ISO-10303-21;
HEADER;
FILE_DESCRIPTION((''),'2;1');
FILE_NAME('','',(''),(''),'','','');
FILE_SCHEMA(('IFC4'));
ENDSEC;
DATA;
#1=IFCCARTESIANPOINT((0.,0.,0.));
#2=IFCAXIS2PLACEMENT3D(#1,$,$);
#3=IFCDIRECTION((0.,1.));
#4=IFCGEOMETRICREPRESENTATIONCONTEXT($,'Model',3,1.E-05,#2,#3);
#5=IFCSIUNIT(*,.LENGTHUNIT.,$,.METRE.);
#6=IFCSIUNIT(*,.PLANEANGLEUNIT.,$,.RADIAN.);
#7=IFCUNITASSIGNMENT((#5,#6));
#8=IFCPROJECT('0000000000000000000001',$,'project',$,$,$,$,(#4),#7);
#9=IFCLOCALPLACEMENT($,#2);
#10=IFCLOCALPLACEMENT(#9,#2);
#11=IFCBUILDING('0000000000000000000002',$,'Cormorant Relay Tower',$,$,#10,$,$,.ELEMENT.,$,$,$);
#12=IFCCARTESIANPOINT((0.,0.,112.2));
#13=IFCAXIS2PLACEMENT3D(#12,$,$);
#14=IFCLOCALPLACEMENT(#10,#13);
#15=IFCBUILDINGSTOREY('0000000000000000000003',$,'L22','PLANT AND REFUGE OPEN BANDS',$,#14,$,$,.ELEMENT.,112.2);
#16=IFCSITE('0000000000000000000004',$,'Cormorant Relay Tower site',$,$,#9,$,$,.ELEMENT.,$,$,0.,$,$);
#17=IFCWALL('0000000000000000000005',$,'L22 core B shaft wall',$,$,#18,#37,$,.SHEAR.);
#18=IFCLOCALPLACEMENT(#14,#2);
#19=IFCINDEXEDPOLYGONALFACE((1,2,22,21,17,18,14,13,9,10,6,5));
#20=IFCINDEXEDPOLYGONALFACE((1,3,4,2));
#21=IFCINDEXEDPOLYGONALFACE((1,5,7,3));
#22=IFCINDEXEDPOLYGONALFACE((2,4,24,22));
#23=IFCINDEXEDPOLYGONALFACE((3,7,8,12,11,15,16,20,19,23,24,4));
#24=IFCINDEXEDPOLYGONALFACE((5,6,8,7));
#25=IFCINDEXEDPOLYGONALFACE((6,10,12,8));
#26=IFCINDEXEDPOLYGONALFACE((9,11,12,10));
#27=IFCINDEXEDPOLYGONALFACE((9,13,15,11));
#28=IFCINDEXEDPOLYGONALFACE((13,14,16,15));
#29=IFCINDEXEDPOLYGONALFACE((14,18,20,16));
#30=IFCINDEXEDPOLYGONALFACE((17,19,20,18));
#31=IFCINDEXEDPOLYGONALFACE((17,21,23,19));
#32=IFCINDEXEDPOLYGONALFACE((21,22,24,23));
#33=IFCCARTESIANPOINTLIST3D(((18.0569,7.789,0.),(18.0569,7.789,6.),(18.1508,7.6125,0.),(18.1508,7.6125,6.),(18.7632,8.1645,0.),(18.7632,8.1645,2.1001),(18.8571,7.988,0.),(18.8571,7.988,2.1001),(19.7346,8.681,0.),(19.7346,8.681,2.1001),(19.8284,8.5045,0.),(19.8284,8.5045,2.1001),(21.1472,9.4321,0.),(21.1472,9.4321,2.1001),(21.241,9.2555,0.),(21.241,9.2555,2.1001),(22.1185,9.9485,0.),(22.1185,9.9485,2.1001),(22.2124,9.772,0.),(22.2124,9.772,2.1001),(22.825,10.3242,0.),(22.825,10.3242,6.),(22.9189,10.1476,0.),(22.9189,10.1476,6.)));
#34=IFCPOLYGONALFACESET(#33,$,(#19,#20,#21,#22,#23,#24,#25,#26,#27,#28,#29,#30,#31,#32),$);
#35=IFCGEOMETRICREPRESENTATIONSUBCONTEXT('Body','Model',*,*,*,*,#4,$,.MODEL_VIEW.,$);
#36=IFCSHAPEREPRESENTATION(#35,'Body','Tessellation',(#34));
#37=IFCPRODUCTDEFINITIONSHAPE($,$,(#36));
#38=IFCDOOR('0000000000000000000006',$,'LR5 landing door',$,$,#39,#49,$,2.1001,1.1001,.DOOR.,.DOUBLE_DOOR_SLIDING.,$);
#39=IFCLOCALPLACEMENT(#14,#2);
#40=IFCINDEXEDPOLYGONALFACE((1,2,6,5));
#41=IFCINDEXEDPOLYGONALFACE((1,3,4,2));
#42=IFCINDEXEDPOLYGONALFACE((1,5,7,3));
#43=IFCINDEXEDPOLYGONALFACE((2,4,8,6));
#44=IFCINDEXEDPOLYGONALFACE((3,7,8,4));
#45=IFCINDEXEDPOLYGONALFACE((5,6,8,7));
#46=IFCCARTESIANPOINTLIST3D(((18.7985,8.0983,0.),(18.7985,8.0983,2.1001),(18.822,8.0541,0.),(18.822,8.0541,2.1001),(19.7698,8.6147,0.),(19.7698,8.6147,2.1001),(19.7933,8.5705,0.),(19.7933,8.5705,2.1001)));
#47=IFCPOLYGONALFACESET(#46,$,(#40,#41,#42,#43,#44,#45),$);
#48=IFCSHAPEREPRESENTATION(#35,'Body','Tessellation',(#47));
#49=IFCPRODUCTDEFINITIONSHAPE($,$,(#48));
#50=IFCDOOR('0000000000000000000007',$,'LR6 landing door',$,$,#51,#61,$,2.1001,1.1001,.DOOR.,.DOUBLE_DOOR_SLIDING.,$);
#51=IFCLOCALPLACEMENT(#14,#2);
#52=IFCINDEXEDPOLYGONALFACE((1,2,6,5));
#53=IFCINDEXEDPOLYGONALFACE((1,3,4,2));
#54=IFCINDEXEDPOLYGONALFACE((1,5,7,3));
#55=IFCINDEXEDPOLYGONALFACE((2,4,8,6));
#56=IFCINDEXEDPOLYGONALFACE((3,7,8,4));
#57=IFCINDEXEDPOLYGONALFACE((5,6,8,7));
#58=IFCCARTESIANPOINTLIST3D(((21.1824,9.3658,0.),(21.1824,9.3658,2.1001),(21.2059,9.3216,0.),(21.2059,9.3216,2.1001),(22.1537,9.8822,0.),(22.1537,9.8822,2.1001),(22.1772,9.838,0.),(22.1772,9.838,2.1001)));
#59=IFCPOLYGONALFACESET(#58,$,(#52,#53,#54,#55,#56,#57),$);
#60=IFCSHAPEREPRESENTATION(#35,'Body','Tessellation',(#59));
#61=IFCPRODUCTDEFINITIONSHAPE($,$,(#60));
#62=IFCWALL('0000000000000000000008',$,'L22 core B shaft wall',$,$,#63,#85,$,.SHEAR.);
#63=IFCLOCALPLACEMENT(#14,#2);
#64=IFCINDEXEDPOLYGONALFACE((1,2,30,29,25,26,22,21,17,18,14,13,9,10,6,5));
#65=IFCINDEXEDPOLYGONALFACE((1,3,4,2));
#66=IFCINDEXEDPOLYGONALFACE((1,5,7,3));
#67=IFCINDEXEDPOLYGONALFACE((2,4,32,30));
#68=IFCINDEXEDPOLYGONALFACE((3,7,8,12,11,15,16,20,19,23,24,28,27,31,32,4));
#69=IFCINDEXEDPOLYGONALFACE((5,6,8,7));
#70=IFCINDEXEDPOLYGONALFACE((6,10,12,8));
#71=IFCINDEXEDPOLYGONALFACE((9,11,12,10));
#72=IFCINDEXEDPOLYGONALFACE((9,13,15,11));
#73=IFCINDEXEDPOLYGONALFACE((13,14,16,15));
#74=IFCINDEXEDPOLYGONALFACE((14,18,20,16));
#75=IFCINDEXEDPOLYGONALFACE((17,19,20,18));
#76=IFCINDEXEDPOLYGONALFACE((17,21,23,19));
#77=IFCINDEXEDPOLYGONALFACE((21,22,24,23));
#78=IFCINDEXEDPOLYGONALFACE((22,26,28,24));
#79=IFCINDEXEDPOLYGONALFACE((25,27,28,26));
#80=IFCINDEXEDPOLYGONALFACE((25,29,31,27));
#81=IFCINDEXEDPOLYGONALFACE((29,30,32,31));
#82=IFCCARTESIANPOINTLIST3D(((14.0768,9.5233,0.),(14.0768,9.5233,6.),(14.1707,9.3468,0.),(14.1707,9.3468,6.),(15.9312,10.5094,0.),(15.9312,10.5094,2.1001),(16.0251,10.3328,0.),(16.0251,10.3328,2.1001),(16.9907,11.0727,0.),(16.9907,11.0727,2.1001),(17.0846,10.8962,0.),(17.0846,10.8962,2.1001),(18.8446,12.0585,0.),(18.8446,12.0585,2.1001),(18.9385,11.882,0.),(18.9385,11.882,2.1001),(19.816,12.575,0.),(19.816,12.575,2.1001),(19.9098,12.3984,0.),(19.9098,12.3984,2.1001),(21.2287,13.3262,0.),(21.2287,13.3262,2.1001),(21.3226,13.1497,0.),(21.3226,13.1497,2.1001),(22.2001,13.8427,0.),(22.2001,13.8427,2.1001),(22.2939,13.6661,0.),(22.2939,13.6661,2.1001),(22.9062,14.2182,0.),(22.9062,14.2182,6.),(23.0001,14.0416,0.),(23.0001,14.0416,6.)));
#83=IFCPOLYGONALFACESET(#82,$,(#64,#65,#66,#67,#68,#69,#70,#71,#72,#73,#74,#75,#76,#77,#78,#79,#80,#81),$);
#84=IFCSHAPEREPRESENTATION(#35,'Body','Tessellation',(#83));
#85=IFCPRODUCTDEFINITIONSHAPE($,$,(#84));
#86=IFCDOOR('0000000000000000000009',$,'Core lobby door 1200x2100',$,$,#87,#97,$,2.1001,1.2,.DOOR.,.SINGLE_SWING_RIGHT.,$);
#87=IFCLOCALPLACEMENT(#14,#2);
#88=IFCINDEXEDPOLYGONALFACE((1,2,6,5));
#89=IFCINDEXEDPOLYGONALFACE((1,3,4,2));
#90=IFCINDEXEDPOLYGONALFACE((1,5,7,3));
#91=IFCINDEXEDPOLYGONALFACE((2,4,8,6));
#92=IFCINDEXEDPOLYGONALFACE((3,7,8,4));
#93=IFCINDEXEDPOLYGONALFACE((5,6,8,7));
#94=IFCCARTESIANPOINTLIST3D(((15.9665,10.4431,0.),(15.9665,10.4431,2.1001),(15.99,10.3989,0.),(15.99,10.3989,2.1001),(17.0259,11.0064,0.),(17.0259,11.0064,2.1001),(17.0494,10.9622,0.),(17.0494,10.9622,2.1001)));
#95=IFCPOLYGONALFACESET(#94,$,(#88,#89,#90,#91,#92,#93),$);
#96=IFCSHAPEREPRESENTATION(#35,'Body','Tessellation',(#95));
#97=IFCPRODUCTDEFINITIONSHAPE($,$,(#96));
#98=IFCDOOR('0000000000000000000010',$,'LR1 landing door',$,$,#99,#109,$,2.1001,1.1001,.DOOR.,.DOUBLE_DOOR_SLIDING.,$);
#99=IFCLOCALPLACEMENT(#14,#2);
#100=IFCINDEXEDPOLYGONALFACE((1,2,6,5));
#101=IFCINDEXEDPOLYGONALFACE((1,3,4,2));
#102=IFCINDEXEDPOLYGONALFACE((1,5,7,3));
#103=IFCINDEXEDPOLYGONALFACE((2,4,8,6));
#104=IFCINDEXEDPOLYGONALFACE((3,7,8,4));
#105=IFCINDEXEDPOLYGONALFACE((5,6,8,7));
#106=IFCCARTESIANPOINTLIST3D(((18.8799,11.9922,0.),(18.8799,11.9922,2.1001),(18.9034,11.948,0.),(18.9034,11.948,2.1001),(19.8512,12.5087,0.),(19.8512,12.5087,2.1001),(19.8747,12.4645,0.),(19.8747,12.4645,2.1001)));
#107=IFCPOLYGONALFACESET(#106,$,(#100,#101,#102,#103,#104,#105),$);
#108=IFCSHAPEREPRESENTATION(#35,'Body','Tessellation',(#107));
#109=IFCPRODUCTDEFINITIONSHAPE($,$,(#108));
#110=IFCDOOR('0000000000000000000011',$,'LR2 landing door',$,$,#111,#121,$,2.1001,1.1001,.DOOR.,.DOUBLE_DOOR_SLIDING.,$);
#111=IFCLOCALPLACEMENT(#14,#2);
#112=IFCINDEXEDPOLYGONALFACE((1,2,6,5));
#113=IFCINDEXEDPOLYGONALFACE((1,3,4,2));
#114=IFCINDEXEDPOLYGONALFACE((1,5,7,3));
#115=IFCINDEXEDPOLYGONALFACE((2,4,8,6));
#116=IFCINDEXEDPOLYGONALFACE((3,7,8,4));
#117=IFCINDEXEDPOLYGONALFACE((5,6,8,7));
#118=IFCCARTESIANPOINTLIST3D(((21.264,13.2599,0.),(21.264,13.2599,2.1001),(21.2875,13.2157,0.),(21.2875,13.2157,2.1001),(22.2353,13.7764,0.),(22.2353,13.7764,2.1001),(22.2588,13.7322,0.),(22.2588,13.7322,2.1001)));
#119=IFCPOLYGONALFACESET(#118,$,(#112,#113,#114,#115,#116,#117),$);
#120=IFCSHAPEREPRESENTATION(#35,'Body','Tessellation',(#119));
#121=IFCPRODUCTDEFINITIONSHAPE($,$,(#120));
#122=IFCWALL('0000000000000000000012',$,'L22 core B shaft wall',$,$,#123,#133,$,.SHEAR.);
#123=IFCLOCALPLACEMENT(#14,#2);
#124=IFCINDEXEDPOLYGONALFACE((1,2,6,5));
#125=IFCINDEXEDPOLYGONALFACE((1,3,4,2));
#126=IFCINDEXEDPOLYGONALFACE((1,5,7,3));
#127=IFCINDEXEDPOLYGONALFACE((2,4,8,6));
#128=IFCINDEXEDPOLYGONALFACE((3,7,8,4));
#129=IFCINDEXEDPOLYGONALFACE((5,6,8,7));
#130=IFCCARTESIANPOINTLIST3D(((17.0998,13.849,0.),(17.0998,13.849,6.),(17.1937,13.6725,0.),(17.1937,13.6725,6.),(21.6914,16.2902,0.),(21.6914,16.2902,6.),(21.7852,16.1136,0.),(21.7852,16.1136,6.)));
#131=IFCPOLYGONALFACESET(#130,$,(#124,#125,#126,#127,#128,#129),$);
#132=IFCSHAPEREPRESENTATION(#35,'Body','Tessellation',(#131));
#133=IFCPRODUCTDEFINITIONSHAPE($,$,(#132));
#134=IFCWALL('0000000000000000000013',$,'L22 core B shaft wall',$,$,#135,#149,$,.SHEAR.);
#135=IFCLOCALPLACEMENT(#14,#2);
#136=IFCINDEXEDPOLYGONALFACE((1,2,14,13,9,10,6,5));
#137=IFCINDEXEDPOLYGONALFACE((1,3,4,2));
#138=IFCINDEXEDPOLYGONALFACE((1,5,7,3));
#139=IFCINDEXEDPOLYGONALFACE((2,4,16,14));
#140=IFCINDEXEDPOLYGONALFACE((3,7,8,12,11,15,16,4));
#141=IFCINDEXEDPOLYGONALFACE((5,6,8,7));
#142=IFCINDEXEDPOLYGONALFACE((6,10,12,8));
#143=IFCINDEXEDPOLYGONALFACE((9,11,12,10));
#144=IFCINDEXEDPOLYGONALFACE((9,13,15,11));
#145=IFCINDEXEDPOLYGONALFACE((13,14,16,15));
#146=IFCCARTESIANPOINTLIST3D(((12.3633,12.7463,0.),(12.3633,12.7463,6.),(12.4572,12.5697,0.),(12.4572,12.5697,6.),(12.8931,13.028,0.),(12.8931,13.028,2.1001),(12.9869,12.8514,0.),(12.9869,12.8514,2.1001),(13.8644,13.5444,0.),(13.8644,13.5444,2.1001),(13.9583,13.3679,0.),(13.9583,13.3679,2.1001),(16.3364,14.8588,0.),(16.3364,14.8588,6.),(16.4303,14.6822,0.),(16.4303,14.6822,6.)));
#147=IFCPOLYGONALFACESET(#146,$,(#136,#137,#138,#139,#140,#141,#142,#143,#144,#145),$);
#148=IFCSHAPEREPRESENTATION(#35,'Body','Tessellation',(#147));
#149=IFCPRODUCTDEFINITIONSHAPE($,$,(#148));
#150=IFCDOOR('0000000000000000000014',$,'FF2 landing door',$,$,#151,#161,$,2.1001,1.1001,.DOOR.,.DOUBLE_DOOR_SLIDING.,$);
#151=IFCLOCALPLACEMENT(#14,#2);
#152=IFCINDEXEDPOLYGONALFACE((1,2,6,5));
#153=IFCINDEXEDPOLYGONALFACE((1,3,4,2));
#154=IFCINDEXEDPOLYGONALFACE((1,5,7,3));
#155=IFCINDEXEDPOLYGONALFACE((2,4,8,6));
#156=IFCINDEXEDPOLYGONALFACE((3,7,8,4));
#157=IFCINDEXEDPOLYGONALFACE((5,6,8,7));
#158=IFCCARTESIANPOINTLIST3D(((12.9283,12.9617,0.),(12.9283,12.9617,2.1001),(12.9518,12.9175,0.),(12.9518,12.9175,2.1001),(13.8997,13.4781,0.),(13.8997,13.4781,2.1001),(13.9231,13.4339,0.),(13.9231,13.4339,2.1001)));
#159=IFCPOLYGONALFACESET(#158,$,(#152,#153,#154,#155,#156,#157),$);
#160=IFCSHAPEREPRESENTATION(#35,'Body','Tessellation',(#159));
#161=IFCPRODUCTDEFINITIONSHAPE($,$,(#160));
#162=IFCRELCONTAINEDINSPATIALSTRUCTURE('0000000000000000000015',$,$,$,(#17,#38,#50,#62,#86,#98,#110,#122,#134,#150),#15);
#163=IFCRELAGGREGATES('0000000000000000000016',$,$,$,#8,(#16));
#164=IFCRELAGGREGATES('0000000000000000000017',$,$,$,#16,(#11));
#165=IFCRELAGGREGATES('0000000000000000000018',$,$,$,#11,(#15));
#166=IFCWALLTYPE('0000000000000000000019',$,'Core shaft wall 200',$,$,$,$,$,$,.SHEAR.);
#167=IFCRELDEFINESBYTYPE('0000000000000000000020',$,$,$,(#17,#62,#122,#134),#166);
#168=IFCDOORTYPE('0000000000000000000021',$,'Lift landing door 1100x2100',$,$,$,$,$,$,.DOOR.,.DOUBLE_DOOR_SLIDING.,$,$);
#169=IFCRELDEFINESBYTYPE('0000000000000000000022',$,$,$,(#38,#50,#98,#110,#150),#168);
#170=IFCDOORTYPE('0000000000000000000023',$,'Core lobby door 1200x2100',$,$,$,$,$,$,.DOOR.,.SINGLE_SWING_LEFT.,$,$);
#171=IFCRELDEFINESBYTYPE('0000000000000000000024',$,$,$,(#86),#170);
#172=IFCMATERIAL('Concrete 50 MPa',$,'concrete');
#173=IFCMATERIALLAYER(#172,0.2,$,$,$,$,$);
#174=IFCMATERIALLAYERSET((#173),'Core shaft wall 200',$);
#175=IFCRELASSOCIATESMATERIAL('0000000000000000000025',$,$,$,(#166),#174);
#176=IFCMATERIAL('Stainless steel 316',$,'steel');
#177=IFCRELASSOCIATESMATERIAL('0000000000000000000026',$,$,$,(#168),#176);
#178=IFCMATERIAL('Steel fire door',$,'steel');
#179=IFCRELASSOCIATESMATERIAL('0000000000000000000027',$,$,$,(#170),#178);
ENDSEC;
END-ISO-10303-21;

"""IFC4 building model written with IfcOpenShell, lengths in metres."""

from ifc_helpers import new_model, si_unit, direction, frame, frame_2d, origin, place, context, subcontext, project, spatial, rectangle, extrude, material, layer, layer_set, type_object, element, fill, save


model = new_model("IFC4")

# Units and contexts
model_context = context("Model", 3, precision=1e-05, world=origin(), true_north=direction((0.0, 1.0)))
body_context = subcontext(model_context, "Body", "Model", "MODEL_VIEW")
ifc_project = project(units=[si_unit("LENGTHUNIT", "METRE"), si_unit("PLANEANGLEUNIT", "RADIAN")], contexts=[model_context])

# Site, building, storey
site_placement = place(None, origin())
site = spatial("IfcSite", under=ifc_project, at=site_placement, Name="Cormorant Relay Tower site", CompositionType="ELEMENT", RefElevation=0.0)
building_placement = place(site_placement, origin())
building = spatial("IfcBuilding", under=site, at=building_placement, Name="Cormorant Relay Tower", CompositionType="ELEMENT")
storey_placement = place(building_placement, frame((0.0, 0.0, 112.2)))
storey = spatial("IfcBuildingStorey", under=building, at=storey_placement, Name="L22", Description="PLANT AND REFUGE OPEN BANDS", CompositionType="ELEMENT", Elevation=112.2)

# Shared definitions
ifc_material_1 = material(Name="Concrete 50 MPa", Category="concrete")
ifc_layer_1 = layer(ifc_material_1, 0.2)
ifc_layer_set_1 = layer_set([ifc_layer_1], Name="Core shaft wall 200")
wall_type_1 = type_object("IfcWallType", Name="Core shaft wall 200", PredefinedType="SHEAR", material=ifc_layer_set_1)

# Walls, openings, doors
wall_1_placement = place(storey_placement, frame((18.1038, 7.7007, 0.0), z_axis=(0.0, 0.0, 1.0), x_axis=(0.882953, 0.469462, 0.0)))
wall_1 = element("IfcWall", 1, at=wall_1_placement, inside=storey, type_object=wall_type_1, Name="L22 core B shaft wall", PredefinedType="SHEAR", context=body_context, shape_type="SweptSolid", body=[
    extrude(rectangle(XDim=5.4001, YDim=0.2, at=frame_2d((2.7002, 0.0))), origin(), (0.0, 0.0, 1.0), 6.0),
])
opening_1_placement = place(wall_1_placement, frame((0.8, 0.0, 0.0)))
opening_1 = element("IfcOpeningElement", 2, at=opening_1_placement, cuts=wall_1, PredefinedType="OPENING", context=body_context, shape_type="SweptSolid", body=[
    extrude(rectangle(XDim=1.1001, YDim=2.1001, at=frame_2d((0.55, 1.05))), frame((0.0, 0.1099, 0.0), z_axis=(0.0, -1.0, 0.0), x_axis=(1.0, 0.0, 0.0)), (0.0, 0.0, 1.0), 0.22),
])
opening_2_placement = place(wall_1_placement, frame((3.5, 0.0, 0.0)))
opening_2 = element("IfcOpeningElement", 3, at=opening_2_placement, cuts=wall_1, PredefinedType="OPENING", context=body_context, shape_type="SweptSolid", body=[
    extrude(rectangle(XDim=1.1001, YDim=2.1001, at=frame_2d((0.55, 1.05))), frame((0.0, 0.1099, 0.0), z_axis=(0.0, -1.0, 0.0), x_axis=(1.0, 0.0, 0.0)), (0.0, 0.0, 1.0), 0.22),
])
ifc_material_2 = material(Name="Stainless steel 316", Category="steel")
door_type_1 = type_object("IfcDoorType", Name="Lift landing door 1100x2100", OperationType="DOUBLE_DOOR_SLIDING", PredefinedType="DOOR", material=ifc_material_2)
door_1_placement = place(opening_1_placement, origin())
door_1 = element("IfcDoor", 4, at=door_1_placement, inside=storey, type_object=door_type_1, Name="LR5 landing door", OperationType="DOUBLE_DOOR_SLIDING", OverallHeight=2.1001, OverallWidth=1.1001, PredefinedType="DOOR", context=body_context, shape_type="SweptSolid", body=[
    extrude(rectangle(XDim=1.1001, YDim=2.1001, at=frame_2d((0.55, 1.05))), frame((0.0, 0.0249, 0.0), z_axis=(0.0, -1.0, 0.0), x_axis=(1.0, 0.0, 0.0)), (0.0, 0.0, 1.0), 0.05),
])
fill(opening_1, door_1)
door_2_placement = place(opening_2_placement, origin())
door_2 = element("IfcDoor", 5, at=door_2_placement, inside=storey, type_object=door_type_1, Name="LR6 landing door", OperationType="DOUBLE_DOOR_SLIDING", OverallHeight=2.1001, OverallWidth=1.1001, PredefinedType="DOOR", context=body_context, shape_type="SweptSolid", body=[
    extrude(rectangle(XDim=1.1001, YDim=2.1001, at=frame_2d((0.55, 1.05))), frame((0.0, 0.0249, 0.0), z_axis=(0.0, -1.0, 0.0), x_axis=(1.0, 0.0, 0.0)), (0.0, 0.0, 1.0), 0.05),
])
fill(opening_2, door_2)
wall_2_placement = place(storey_placement, frame((14.1238, 9.4351, 0.0), z_axis=(0.0, 0.0, 1.0), x_axis=(0.88294, 0.469485, 0.0)))
wall_2 = element("IfcWall", 6, at=wall_2_placement, inside=storey, type_object=wall_type_1, Name="L22 core B shaft wall", PredefinedType="SHEAR", context=body_context, shape_type="SweptSolid", body=[
    extrude(rectangle(XDim=10.0, YDim=0.2, at=frame_2d((5.0, 0.0))), origin(), (0.0, 0.0, 1.0), 6.0),
])
opening_3_placement = place(wall_2_placement, frame((2.1001, 0.0, 0.0)))
opening_3 = element("IfcOpeningElement", 7, at=opening_3_placement, cuts=wall_2, PredefinedType="OPENING", context=body_context, shape_type="SweptSolid", body=[
    extrude(rectangle(XDim=1.2, YDim=2.1001, at=frame_2d((0.6001, 1.05))), frame((0.0, 0.1099, 0.0), z_axis=(0.0, -1.0, 0.0), x_axis=(1.0, 0.0, 0.0)), (0.0, 0.0, 1.0), 0.22),
])
opening_4_placement = place(wall_2_placement, frame((5.3999, 0.0, 0.0)))
opening_4 = element("IfcOpeningElement", 8, at=opening_4_placement, cuts=wall_2, PredefinedType="OPENING", context=body_context, shape_type="SweptSolid", body=[
    extrude(rectangle(XDim=1.1001, YDim=2.1001, at=frame_2d((0.55, 1.05))), frame((0.0, 0.1099, 0.0), z_axis=(0.0, -1.0, 0.0), x_axis=(1.0, 0.0, 0.0)), (0.0, 0.0, 1.0), 0.22),
])
opening_5_placement = place(wall_2_placement, frame((8.1001, 0.0, 0.0)))
opening_5 = element("IfcOpeningElement", 9, at=opening_5_placement, cuts=wall_2, PredefinedType="OPENING", context=body_context, shape_type="SweptSolid", body=[
    extrude(rectangle(XDim=1.1001, YDim=2.1001, at=frame_2d((0.55, 1.05))), frame((0.0, 0.1099, 0.0), z_axis=(0.0, -1.0, 0.0), x_axis=(1.0, 0.0, 0.0)), (0.0, 0.0, 1.0), 0.22),
])
ifc_material_3 = material(Name="Steel fire door", Category="steel")
door_type_2 = type_object("IfcDoorType", Name="Core lobby door 1200x2100", OperationType="SINGLE_SWING_LEFT", PredefinedType="DOOR", material=ifc_material_3)
door_3_placement = place(opening_3_placement, origin())
door_3 = element("IfcDoor", 10, at=door_3_placement, inside=storey, type_object=door_type_2, Name="Core lobby door 1200x2100", OperationType="SINGLE_SWING_RIGHT", OverallHeight=2.1001, OverallWidth=1.2, PredefinedType="DOOR", context=body_context, shape_type="SweptSolid", body=[
    extrude(rectangle(XDim=1.2, YDim=2.1001, at=frame_2d((0.6001, 1.05))), frame((0.0, 0.0249, 0.0), z_axis=(0.0, -1.0, 0.0), x_axis=(1.0, 0.0, 0.0)), (0.0, 0.0, 1.0), 0.05),
])
fill(opening_3, door_3)
door_4_placement = place(opening_4_placement, origin())
door_4 = element("IfcDoor", 11, at=door_4_placement, inside=storey, type_object=door_type_1, Name="LR1 landing door", OperationType="DOUBLE_DOOR_SLIDING", OverallHeight=2.1001, OverallWidth=1.1001, PredefinedType="DOOR", context=body_context, shape_type="SweptSolid", body=[
    extrude(rectangle(XDim=1.1001, YDim=2.1001, at=frame_2d((0.55, 1.05))), frame((0.0, 0.0249, 0.0), z_axis=(0.0, -1.0, 0.0), x_axis=(1.0, 0.0, 0.0)), (0.0, 0.0, 1.0), 0.05),
])
fill(opening_4, door_4)
door_5_placement = place(opening_5_placement, origin())
door_5 = element("IfcDoor", 12, at=door_5_placement, inside=storey, type_object=door_type_1, Name="LR2 landing door", OperationType="DOUBLE_DOOR_SLIDING", OverallHeight=2.1001, OverallWidth=1.1001, PredefinedType="DOOR", context=body_context, shape_type="SweptSolid", body=[
    extrude(rectangle(XDim=1.1001, YDim=2.1001, at=frame_2d((0.55, 1.05))), frame((0.0, 0.0249, 0.0), z_axis=(0.0, -1.0, 0.0), x_axis=(1.0, 0.0, 0.0)), (0.0, 0.0, 1.0), 0.05),
])
fill(opening_5, door_5)

# Wall
wall_3_placement = place(storey_placement, frame((17.1467, 13.7607, 0.0), z_axis=(0.0, 0.0, 1.0), x_axis=(0.882964, 0.46944, 0.0)))
element("IfcWall", 13, at=wall_3_placement, inside=storey, type_object=wall_type_1, Name="L22 core B shaft wall", PredefinedType="SHEAR", context=body_context, shape_type="SweptSolid", body=[
    extrude(rectangle(XDim=5.2002, YDim=0.2, at=frame_2d((2.6001, 0.0))), origin(), (0.0, 0.0, 1.0), 6.0),
])

# Wall, opening, door
wall_4_placement = place(storey_placement, frame((12.4102, 12.658, 0.0), z_axis=(0.0, 0.0, 1.0), x_axis=(0.882948, 0.46947, 0.0)))
wall_4 = element("IfcWall", 14, at=wall_4_placement, inside=storey, type_object=wall_type_1, Name="L22 core B shaft wall", PredefinedType="SHEAR", context=body_context, shape_type="SweptSolid", body=[
    extrude(rectangle(XDim=4.4998, YDim=0.2, at=frame_2d((2.25, 0.0))), origin(), (0.0, 0.0, 1.0), 6.0),
])
opening_6_placement = place(wall_4_placement, frame((0.6001, 0.0, 0.0)))
opening_6 = element("IfcOpeningElement", 15, at=opening_6_placement, cuts=wall_4, PredefinedType="OPENING", context=body_context, shape_type="SweptSolid", body=[
    extrude(rectangle(XDim=1.1001, YDim=2.1001, at=frame_2d((0.55, 1.05))), frame((0.0, 0.1099, 0.0), z_axis=(0.0, -1.0, 0.0), x_axis=(1.0, 0.0, 0.0)), (0.0, 0.0, 1.0), 0.22),
])
door_6_placement = place(opening_6_placement, origin())
door_6 = element("IfcDoor", 16, at=door_6_placement, inside=storey, type_object=door_type_1, Name="FF2 landing door", OperationType="DOUBLE_DOOR_SLIDING", OverallHeight=2.1001, OverallWidth=1.1001, PredefinedType="DOOR", context=body_context, shape_type="SweptSolid", body=[
    extrude(rectangle(XDim=1.1001, YDim=2.1001, at=frame_2d((0.55, 1.05))), frame((0.0, 0.0249, 0.0), z_axis=(0.0, -1.0, 0.0), x_axis=(1.0, 0.0, 0.0)), (0.0, 0.0, 1.0), 0.05),
])
fill(opening_6, door_6)

save(model, "model.ifc")
